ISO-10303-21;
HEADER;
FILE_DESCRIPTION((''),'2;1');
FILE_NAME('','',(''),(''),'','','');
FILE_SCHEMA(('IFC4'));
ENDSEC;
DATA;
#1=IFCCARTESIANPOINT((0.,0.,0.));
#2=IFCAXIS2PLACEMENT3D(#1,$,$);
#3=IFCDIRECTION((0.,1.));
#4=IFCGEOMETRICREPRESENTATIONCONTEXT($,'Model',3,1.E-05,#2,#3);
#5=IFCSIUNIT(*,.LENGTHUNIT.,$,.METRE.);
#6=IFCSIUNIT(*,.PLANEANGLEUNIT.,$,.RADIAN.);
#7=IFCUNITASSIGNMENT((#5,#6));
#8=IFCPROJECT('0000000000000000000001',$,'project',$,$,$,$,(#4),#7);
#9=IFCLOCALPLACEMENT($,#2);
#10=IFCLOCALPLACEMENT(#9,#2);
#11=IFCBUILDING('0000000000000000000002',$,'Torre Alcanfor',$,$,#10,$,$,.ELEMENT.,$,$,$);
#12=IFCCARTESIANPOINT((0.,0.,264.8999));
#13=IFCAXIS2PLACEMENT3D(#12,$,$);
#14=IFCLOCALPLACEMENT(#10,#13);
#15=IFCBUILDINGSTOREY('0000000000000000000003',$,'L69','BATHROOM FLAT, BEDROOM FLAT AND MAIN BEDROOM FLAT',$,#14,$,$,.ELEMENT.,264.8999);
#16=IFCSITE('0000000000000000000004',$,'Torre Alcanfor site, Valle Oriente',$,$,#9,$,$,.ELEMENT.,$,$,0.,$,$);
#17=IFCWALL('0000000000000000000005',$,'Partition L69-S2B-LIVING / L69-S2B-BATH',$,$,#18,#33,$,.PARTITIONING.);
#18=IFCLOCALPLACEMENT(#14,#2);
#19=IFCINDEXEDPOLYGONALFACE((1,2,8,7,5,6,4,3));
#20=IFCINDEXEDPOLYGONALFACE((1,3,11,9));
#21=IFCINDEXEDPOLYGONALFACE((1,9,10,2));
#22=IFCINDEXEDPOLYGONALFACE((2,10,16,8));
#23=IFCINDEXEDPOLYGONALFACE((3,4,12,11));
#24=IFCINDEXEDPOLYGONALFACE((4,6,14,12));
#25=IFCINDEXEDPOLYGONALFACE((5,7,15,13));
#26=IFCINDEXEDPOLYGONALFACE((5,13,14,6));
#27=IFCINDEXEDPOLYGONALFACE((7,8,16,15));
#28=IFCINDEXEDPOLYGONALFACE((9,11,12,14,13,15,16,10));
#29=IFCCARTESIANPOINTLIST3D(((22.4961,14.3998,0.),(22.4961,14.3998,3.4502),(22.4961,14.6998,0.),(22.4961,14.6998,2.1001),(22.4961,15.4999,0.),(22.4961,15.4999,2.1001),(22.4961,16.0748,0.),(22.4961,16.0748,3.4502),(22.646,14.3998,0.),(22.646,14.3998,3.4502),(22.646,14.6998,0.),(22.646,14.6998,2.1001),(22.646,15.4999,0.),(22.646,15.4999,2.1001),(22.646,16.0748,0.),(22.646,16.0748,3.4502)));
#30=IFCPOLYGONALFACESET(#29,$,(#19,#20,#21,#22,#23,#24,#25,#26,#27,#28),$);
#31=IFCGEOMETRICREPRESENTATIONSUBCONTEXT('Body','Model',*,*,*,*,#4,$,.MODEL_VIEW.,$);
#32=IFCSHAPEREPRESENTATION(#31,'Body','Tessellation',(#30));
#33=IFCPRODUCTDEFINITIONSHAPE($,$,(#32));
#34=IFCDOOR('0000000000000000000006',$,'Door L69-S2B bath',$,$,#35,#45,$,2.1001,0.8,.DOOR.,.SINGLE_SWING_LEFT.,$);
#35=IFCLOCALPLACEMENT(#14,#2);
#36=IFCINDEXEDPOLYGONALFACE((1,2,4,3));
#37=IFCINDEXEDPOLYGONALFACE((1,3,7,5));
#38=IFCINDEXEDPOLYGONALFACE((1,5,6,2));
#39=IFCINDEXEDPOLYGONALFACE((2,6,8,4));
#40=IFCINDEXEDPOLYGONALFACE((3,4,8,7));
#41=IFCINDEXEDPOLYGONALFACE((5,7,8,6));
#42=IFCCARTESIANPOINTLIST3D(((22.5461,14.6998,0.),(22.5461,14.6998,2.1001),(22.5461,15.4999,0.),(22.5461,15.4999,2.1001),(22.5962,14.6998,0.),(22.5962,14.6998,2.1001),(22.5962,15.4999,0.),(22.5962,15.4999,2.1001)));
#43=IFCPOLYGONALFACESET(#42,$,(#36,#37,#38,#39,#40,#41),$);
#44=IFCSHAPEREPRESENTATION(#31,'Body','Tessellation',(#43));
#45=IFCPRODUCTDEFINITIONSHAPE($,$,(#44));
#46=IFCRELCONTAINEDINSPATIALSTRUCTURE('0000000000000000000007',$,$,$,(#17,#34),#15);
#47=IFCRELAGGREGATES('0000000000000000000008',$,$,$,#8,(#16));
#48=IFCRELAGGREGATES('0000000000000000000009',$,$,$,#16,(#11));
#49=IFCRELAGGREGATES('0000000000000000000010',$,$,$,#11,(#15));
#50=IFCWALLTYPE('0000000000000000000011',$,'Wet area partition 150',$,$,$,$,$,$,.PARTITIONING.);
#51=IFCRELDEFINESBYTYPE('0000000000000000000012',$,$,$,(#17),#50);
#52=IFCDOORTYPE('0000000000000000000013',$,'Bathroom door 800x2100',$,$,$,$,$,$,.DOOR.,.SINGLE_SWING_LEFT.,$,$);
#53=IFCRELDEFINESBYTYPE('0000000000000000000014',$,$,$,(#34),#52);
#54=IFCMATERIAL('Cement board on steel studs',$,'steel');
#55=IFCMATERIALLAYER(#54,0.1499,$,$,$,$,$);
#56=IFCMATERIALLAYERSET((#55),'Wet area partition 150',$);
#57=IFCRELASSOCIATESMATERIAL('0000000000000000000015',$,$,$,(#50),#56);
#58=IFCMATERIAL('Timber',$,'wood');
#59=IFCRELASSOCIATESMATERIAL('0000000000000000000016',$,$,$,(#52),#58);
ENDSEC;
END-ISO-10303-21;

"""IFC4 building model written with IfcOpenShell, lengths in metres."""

from ifc_helpers import new_model, si_unit, direction, frame, frame_2d, origin, place, context, subcontext, project, spatial, rectangle, extrude, material, layer, layer_set, type_object, element, fill, save


model = new_model("IFC4")

# Units and contexts
model_context = context("Model", 3, precision=1e-05, world=origin(), true_north=direction((0.0, 1.0)))
body_context = subcontext(model_context, "Body", "Model", "MODEL_VIEW")
ifc_project = project(units=[si_unit("LENGTHUNIT", "METRE"), si_unit("PLANEANGLEUNIT", "RADIAN")], contexts=[model_context])

# Site, building, storey
site_placement = place(None, origin())
site = spatial("IfcSite", under=ifc_project, at=site_placement, Name="Torre Alcanfor site, Valle Oriente", CompositionType="ELEMENT", RefElevation=0.0)
building_placement = place(site_placement, origin())
building = spatial("IfcBuilding", under=site, at=building_placement, Name="Torre Alcanfor", CompositionType="ELEMENT")
storey_placement = place(building_placement, frame((0.0, 0.0, 264.8999)))
storey = spatial("IfcBuildingStorey", under=building, at=storey_placement, Name="L69", Description="BATHROOM FLAT, BEDROOM FLAT AND MAIN BEDROOM FLAT", CompositionType="ELEMENT", Elevation=264.8999)

# Shared definitions
ifc_material_1 = material(Name="Cement board on steel studs", Category="steel")
ifc_layer_1 = layer(ifc_material_1, 0.1499)
ifc_layer_set_1 = layer_set([ifc_layer_1], Name="Wet area partition 150")
wall_type_1 = type_object("IfcWallType", Name="Wet area partition 150", PredefinedType="PARTITIONING", material=ifc_layer_set_1)

# Wall, opening, door
ifc_material_2 = material(Name="Timber", Category="wood")
door_type_1 = type_object("IfcDoorType", Name="Bathroom door 800x2100", OperationType="SINGLE_SWING_LEFT", PredefinedType="DOOR", material=ifc_material_2)
wall_1_placement = place(storey_placement, frame((22.571, 14.3999, 0.0), z_axis=(0.0, 0.0, 1.0), x_axis=(0.0, 1.0, 0.0)))
wall_1 = element("IfcWall", 1, at=wall_1_placement, inside=storey, type_object=wall_type_1, Name="Partition L69-S2B-LIVING / L69-S2B-BATH", PredefinedType="PARTITIONING", context=body_context, shape_type="SweptSolid", body=[
    extrude(rectangle(XDim=1.675, YDim=0.1499, at=frame_2d((0.8374, 0.0))), origin(), (0.0, 0.0, 1.0), 3.4502),
])
opening_1_placement = place(wall_1_placement, frame((0.3, 0.0, 0.0)))
opening_1 = element("IfcOpeningElement", 2, at=opening_1_placement, cuts=wall_1, PredefinedType="OPENING", context=body_context, shape_type="SweptSolid", body=[
    extrude(rectangle(XDim=0.8, YDim=2.1001, at=frame_2d((0.3999, 1.05))), frame((0.0, 0.085, 0.0), z_axis=(0.0, -1.0, 0.0), x_axis=(1.0, 0.0, 0.0)), (0.0, 0.0, 1.0), 0.1699),
])
door_1_placement = place(opening_1_placement, origin())
door_1 = element("IfcDoor", 3, at=door_1_placement, inside=storey, type_object=door_type_1, Name="Door L69-S2B bath", OperationType="SINGLE_SWING_LEFT", OverallHeight=2.1001, OverallWidth=0.8, PredefinedType="DOOR", context=body_context, shape_type="SweptSolid", body=[
    extrude(rectangle(XDim=0.8, YDim=2.1001, at=frame_2d((0.3999, 1.05))), frame((0.0, 0.0249, 0.0), z_axis=(0.0, -1.0, 0.0), x_axis=(1.0, 0.0, 0.0)), (0.0, 0.0, 1.0), 0.05),
])
fill(opening_1, door_1)

save(model, "model.ifc")
